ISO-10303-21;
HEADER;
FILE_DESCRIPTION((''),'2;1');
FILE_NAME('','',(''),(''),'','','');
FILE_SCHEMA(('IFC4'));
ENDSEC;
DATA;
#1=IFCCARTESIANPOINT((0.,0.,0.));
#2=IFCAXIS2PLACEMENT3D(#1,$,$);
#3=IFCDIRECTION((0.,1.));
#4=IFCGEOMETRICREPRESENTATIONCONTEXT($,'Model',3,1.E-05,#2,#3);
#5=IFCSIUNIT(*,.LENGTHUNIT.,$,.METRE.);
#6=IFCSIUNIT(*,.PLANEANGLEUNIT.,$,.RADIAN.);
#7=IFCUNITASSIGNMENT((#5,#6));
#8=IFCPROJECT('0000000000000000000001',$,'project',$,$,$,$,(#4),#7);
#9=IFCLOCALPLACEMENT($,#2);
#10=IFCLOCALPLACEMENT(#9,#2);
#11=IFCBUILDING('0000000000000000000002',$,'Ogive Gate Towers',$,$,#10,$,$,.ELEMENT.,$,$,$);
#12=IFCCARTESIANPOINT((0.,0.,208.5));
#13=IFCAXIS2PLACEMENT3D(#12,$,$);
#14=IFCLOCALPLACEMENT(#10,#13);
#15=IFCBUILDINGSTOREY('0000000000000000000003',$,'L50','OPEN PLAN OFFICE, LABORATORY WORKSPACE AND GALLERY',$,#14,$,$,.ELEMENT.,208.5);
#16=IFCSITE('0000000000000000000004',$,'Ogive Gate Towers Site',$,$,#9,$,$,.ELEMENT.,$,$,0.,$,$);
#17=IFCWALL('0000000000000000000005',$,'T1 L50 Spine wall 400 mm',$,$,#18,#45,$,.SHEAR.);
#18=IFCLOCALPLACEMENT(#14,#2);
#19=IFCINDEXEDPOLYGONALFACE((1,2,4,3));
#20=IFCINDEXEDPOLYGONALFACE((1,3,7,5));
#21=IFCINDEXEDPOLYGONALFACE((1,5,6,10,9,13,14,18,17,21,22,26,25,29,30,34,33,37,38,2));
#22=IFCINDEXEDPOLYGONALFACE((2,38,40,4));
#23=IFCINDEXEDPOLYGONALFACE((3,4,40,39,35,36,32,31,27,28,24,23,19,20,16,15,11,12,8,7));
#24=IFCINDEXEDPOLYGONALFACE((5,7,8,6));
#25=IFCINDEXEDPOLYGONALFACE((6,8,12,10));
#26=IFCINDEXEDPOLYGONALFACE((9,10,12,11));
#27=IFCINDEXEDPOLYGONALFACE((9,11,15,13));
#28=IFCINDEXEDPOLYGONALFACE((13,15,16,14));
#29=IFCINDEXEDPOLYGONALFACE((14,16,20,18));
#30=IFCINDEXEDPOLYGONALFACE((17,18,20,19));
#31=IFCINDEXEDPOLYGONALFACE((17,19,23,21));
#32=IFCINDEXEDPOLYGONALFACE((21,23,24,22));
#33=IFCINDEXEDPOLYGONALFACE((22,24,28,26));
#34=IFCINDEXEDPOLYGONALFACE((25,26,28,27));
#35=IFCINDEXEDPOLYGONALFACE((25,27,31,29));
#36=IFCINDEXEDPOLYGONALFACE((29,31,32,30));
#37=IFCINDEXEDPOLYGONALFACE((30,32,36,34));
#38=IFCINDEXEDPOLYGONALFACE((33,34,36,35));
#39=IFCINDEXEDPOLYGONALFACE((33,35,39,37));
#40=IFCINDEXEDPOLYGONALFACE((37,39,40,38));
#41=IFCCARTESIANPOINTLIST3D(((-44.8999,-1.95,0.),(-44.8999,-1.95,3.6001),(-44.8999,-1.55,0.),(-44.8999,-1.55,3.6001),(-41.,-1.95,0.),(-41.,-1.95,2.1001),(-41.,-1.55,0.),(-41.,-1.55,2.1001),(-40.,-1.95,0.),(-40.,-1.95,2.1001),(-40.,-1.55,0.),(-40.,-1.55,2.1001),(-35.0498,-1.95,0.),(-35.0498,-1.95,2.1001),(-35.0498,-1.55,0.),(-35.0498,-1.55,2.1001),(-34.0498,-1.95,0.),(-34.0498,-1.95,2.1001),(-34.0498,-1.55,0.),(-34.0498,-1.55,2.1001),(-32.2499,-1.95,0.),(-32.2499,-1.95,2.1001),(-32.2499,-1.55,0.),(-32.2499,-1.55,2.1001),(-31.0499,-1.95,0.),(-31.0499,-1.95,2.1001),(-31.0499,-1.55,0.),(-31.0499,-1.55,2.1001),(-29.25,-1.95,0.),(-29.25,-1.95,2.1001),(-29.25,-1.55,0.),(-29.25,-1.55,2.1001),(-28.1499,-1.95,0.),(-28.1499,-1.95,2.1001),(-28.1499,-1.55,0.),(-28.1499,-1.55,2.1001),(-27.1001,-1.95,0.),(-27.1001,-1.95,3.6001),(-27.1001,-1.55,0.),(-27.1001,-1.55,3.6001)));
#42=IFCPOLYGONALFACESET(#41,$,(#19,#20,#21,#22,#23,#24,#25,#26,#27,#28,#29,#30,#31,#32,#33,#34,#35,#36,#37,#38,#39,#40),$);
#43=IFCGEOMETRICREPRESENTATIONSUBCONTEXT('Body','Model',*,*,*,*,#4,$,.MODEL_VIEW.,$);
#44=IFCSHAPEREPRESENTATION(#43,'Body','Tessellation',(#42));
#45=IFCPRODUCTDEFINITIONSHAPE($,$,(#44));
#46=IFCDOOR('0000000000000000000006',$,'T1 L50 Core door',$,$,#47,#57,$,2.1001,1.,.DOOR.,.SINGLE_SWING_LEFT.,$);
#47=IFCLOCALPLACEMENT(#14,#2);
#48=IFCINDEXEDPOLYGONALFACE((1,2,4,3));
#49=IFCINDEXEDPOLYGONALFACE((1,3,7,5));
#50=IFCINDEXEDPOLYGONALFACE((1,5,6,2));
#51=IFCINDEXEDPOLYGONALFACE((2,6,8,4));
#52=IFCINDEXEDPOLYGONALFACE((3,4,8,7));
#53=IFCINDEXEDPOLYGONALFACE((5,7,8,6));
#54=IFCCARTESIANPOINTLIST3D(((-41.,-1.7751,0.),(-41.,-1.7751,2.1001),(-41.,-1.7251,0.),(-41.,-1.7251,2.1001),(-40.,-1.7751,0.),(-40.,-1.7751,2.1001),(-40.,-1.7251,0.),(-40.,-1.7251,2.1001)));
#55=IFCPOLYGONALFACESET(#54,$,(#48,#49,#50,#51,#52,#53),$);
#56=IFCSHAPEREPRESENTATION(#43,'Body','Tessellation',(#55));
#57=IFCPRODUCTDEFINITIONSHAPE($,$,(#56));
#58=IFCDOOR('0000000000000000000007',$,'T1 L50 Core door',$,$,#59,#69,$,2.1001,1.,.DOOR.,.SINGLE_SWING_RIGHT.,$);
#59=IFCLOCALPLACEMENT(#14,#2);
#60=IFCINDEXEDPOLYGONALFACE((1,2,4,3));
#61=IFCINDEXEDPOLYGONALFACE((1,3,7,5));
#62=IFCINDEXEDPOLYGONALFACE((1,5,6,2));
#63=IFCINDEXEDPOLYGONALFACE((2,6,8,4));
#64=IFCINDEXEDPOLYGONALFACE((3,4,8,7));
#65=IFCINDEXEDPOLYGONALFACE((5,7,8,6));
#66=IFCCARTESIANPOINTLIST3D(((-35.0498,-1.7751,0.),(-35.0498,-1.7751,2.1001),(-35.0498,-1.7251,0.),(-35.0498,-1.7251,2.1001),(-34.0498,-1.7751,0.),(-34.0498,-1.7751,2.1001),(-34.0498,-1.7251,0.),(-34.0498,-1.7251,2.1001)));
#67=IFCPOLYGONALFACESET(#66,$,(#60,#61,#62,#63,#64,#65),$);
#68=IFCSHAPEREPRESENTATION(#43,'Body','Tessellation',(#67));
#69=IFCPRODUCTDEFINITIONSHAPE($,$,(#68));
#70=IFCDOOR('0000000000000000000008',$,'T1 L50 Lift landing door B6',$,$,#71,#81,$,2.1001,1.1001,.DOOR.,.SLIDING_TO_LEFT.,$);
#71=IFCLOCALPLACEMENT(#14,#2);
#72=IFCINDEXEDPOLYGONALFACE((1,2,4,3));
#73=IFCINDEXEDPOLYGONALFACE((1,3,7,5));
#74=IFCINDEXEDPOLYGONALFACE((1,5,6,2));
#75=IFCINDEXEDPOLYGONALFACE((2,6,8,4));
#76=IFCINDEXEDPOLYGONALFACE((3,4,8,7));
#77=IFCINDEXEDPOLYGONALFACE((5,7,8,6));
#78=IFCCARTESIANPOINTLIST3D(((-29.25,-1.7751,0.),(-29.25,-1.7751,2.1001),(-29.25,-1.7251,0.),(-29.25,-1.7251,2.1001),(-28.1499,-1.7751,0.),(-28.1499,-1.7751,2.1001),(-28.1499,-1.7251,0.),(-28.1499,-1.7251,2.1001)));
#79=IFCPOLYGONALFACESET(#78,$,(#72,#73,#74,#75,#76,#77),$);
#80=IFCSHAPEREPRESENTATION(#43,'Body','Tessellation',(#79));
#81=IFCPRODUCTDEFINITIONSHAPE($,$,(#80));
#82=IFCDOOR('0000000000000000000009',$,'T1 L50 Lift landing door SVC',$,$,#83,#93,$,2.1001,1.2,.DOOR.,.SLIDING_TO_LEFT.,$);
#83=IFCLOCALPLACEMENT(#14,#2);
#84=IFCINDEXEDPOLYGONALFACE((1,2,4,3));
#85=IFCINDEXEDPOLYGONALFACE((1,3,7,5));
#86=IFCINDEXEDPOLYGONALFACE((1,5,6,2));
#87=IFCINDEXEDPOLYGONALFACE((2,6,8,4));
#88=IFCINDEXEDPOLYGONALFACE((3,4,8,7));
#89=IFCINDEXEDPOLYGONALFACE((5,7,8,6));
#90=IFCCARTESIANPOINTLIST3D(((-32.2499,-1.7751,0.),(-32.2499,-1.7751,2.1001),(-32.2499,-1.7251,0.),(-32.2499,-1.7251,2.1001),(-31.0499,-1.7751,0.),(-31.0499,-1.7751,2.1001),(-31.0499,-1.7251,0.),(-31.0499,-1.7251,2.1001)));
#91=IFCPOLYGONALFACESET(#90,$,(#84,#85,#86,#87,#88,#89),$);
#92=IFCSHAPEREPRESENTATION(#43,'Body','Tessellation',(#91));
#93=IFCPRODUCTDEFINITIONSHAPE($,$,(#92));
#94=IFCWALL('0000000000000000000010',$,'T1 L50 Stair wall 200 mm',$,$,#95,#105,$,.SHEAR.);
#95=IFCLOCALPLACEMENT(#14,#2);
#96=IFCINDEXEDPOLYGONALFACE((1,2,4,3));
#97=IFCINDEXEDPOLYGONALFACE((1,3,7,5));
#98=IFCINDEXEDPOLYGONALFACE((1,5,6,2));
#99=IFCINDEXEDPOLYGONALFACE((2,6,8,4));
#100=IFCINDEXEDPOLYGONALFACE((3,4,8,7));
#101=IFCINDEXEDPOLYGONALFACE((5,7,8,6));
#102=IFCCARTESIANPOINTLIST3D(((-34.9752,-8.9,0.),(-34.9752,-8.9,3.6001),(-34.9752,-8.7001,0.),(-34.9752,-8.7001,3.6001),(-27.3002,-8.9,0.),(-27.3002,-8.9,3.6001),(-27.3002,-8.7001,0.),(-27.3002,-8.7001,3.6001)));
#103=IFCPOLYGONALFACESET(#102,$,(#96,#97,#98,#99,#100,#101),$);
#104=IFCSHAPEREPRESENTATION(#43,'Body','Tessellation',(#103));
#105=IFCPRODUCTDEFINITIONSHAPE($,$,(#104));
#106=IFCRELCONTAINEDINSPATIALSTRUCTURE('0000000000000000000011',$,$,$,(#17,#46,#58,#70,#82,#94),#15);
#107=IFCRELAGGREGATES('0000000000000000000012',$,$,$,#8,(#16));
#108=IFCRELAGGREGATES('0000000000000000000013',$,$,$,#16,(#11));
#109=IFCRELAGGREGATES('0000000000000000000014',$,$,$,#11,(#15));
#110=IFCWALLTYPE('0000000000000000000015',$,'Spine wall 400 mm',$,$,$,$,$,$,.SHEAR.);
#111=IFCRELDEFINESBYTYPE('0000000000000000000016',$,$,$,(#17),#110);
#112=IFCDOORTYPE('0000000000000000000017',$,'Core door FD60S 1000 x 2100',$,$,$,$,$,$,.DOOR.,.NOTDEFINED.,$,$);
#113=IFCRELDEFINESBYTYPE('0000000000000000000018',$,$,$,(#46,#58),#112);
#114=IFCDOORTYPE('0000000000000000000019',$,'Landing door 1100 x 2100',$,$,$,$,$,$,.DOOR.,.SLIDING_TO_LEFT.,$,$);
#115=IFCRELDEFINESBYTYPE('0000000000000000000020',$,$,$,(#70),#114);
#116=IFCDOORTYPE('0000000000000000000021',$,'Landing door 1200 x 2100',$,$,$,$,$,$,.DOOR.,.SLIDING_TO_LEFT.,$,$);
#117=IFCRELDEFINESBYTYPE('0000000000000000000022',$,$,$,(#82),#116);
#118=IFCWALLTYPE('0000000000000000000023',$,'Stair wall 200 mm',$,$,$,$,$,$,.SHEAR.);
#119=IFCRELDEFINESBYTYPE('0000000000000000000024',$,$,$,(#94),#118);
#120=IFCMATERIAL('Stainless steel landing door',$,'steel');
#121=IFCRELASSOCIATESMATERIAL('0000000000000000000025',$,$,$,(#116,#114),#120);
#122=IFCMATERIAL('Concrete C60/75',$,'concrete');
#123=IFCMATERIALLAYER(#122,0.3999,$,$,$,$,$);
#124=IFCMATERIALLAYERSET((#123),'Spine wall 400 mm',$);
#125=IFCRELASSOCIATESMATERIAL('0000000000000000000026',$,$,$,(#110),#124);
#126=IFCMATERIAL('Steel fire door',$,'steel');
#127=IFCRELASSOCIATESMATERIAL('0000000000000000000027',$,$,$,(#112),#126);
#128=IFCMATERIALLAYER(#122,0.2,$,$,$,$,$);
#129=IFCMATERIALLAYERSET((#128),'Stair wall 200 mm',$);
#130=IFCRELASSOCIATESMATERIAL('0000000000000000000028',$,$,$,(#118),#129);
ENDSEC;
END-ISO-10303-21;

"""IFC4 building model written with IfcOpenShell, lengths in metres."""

from ifc_helpers import new_model, si_unit, direction, frame, frame_2d, origin, place, context, subcontext, project, spatial, rectangle, extrude, material, layer, layer_set, type_object, element, fill, save


model = new_model("IFC4")

# Units and contexts
model_context = context("Model", 3, precision=1e-05, world=origin(), true_north=direction((0.0, 1.0)))
body_context = subcontext(model_context, "Body", "Model", "MODEL_VIEW")
ifc_project = project(units=[si_unit("LENGTHUNIT", "METRE"), si_unit("PLANEANGLEUNIT", "RADIAN")], contexts=[model_context])

# Site, building, storey
site_placement = place(None, origin())
site = spatial("IfcSite", under=ifc_project, at=site_placement, Name="Ogive Gate Towers Site", CompositionType="ELEMENT", RefElevation=0.0)
building_placement = place(site_placement, origin())
building = spatial("IfcBuilding", under=site, at=building_placement, Name="Ogive Gate Towers", CompositionType="ELEMENT")
storey_placement = place(building_placement, frame((0.0, 0.0, 208.5)))
storey = spatial("IfcBuildingStorey", under=building, at=storey_placement, Name="L50", Description="OPEN PLAN OFFICE, LABORATORY WORKSPACE AND GALLERY", CompositionType="ELEMENT", Elevation=208.5)

# Shared definitions
ifc_material_1 = material(Name="Concrete C60/75", Category="concrete")
ifc_material_2 = material(Name="Steel fire door", Category="steel")

# Shared definitions
ifc_material_3 = material(Name="Stainless steel landing door", Category="steel")
door_type_1 = type_object("IfcDoorType", Name="Landing door 1200 x 2100", OperationType="SLIDING_TO_LEFT", PredefinedType="DOOR", material=ifc_material_3)

# Wall, openings, doors
ifc_layer_1 = layer(ifc_material_1, 0.3999)
ifc_layer_set_1 = layer_set([ifc_layer_1], Name="Spine wall 400 mm")
wall_type_1 = type_object("IfcWallType", Name="Spine wall 400 mm", PredefinedType="SHEAR", material=ifc_layer_set_1)
wall_1_placement = place(storey_placement, frame((-44.8999, -1.75, 0.0), z_axis=(0.0, 0.0, 1.0), x_axis=(1.0, 0.0, 0.0)))
wall_1 = element("IfcWall", 1, at=wall_1_placement, inside=storey, type_object=wall_type_1, Name="T1 L50 Spine wall 400 mm", PredefinedType="SHEAR", context=body_context, shape_type="SweptSolid", body=[
    extrude(rectangle(XDim=17.7998, YDim=0.3999, at=frame_2d((8.8999, 0.0))), origin(), (0.0, 0.0, 1.0), 3.6001),
])
opening_1_placement = place(wall_1_placement, frame((12.6499, 0.0, 0.0)))
opening_1 = element("IfcOpeningElement", 2, at=opening_1_placement, cuts=wall_1, PredefinedType="OPENING", context=body_context, shape_type="SweptSolid", body=[
    extrude(rectangle(XDim=1.2, YDim=2.1001, at=frame_2d((0.6001, 1.05))), frame((0.0, 0.21, 0.0), z_axis=(0.0, -1.0, 0.0), x_axis=(1.0, 0.0, 0.0)), (0.0, 0.0, 1.0), 0.4199),
])
opening_2_placement = place(wall_1_placement, frame((15.6499, 0.0, 0.0)))
opening_2 = element("IfcOpeningElement", 3, at=opening_2_placement, cuts=wall_1, PredefinedType="OPENING", context=body_context, shape_type="SweptSolid", body=[
    extrude(rectangle(XDim=1.1001, YDim=2.1001, at=frame_2d((0.55, 1.05))), frame((0.0, 0.21, 0.0), z_axis=(0.0, -1.0, 0.0), x_axis=(1.0, 0.0, 0.0)), (0.0, 0.0, 1.0), 0.4199),
])
opening_3_placement = place(wall_1_placement, frame((3.8999, 0.0, 0.0)))
opening_3 = element("IfcOpeningElement", 4, at=opening_3_placement, cuts=wall_1, PredefinedType="OPENING", context=body_context, shape_type="SweptSolid", body=[
    extrude(rectangle(XDim=1.0, YDim=2.1001, at=frame_2d((0.5, 1.05))), frame((0.0, 0.21, 0.0), z_axis=(0.0, -1.0, 0.0), x_axis=(1.0, 0.0, 0.0)), (0.0, 0.0, 1.0), 0.4199),
])
opening_4_placement = place(wall_1_placement, frame((9.8501, 0.0, 0.0)))
opening_4 = element("IfcOpeningElement", 5, at=opening_4_placement, cuts=wall_1, PredefinedType="OPENING", context=body_context, shape_type="SweptSolid", body=[
    extrude(rectangle(XDim=1.0, YDim=2.1001, at=frame_2d((0.5, 1.05))), frame((0.0, 0.21, 0.0), z_axis=(0.0, -1.0, 0.0), x_axis=(1.0, 0.0, 0.0)), (0.0, 0.0, 1.0), 0.4199),
])
door_type_2 = type_object("IfcDoorType", Name="Core door FD60S 1000 x 2100", OperationType="NOTDEFINED", PredefinedType="DOOR", material=ifc_material_2)
door_1_placement = place(opening_3_placement, origin())
door_1 = element("IfcDoor", 6, at=door_1_placement, inside=storey, type_object=door_type_2, Name="T1 L50 Core door", OperationType="SINGLE_SWING_LEFT", OverallHeight=2.1001, OverallWidth=1.0, PredefinedType="DOOR", context=body_context, shape_type="SweptSolid", body=[
    extrude(rectangle(XDim=1.0, YDim=2.1001, at=frame_2d((0.5, 1.05))), frame((0.0, 0.0249, 0.0), z_axis=(0.0, -1.0, 0.0), x_axis=(1.0, 0.0, 0.0)), (0.0, 0.0, 1.0), 0.05),
])
fill(opening_3, door_1)
door_2_placement = place(opening_4_placement, origin())
door_2 = element("IfcDoor", 7, at=door_2_placement, inside=storey, type_object=door_type_2, Name="T1 L50 Core door", OperationType="SINGLE_SWING_RIGHT", OverallHeight=2.1001, OverallWidth=1.0, PredefinedType="DOOR", context=body_context, shape_type="SweptSolid", body=[
    extrude(rectangle(XDim=1.0, YDim=2.1001, at=frame_2d((0.5, 1.05))), frame((0.0, 0.0249, 0.0), z_axis=(0.0, -1.0, 0.0), x_axis=(1.0, 0.0, 0.0)), (0.0, 0.0, 1.0), 0.05),
])
fill(opening_4, door_2)
door_type_3 = type_object("IfcDoorType", Name="Landing door 1100 x 2100", OperationType="SLIDING_TO_LEFT", PredefinedType="DOOR", material=ifc_material_3)
door_3_placement = place(opening_2_placement, origin())
door_3 = element("IfcDoor", 8, at=door_3_placement, inside=storey, type_object=door_type_3, Name="T1 L50 Lift landing door B6", OperationType="SLIDING_TO_LEFT", OverallHeight=2.1001, OverallWidth=1.1001, PredefinedType="DOOR", context=body_context, shape_type="SweptSolid", body=[
    extrude(rectangle(XDim=1.1001, YDim=2.1001, at=frame_2d((0.55, 1.05))), frame((0.0, 0.0249, 0.0), z_axis=(0.0, -1.0, 0.0), x_axis=(1.0, 0.0, 0.0)), (0.0, 0.0, 1.0), 0.05),
])
fill(opening_2, door_3)
door_4_placement = place(opening_1_placement, origin())
door_4 = element("IfcDoor", 9, at=door_4_placement, inside=storey, type_object=door_type_1, Name="T1 L50 Lift landing door SVC", OperationType="SLIDING_TO_LEFT", OverallHeight=2.1001, OverallWidth=1.2, PredefinedType="DOOR", context=body_context, shape_type="SweptSolid", body=[
    extrude(rectangle(XDim=1.2, YDim=2.1001, at=frame_2d((0.6001, 1.05))), frame((0.0, 0.0249, 0.0), z_axis=(0.0, -1.0, 0.0), x_axis=(1.0, 0.0, 0.0)), (0.0, 0.0, 1.0), 0.05),
])
fill(opening_1, door_4)

# Wall
ifc_layer_2 = layer(ifc_material_1, 0.2)
ifc_layer_set_2 = layer_set([ifc_layer_2], Name="Stair wall 200 mm")
wall_type_2 = type_object("IfcWallType", Name="Stair wall 200 mm", PredefinedType="SHEAR", material=ifc_layer_set_2)
wall_2_placement = place(storey_placement, frame((-34.9751, -8.8, 0.0), z_axis=(0.0, 0.0, 1.0), x_axis=(1.0, 0.0, 0.0)))
element("IfcWall", 10, at=wall_2_placement, inside=storey, type_object=wall_type_2, Name="T1 L50 Stair wall 200 mm", PredefinedType="SHEAR", context=body_context, shape_type="SweptSolid", body=[
    extrude(rectangle(XDim=7.675, YDim=0.2, at=frame_2d((3.8374, 0.0))), origin(), (0.0, 0.0, 1.0), 3.6001),
])

save(model, "model.ifc")
